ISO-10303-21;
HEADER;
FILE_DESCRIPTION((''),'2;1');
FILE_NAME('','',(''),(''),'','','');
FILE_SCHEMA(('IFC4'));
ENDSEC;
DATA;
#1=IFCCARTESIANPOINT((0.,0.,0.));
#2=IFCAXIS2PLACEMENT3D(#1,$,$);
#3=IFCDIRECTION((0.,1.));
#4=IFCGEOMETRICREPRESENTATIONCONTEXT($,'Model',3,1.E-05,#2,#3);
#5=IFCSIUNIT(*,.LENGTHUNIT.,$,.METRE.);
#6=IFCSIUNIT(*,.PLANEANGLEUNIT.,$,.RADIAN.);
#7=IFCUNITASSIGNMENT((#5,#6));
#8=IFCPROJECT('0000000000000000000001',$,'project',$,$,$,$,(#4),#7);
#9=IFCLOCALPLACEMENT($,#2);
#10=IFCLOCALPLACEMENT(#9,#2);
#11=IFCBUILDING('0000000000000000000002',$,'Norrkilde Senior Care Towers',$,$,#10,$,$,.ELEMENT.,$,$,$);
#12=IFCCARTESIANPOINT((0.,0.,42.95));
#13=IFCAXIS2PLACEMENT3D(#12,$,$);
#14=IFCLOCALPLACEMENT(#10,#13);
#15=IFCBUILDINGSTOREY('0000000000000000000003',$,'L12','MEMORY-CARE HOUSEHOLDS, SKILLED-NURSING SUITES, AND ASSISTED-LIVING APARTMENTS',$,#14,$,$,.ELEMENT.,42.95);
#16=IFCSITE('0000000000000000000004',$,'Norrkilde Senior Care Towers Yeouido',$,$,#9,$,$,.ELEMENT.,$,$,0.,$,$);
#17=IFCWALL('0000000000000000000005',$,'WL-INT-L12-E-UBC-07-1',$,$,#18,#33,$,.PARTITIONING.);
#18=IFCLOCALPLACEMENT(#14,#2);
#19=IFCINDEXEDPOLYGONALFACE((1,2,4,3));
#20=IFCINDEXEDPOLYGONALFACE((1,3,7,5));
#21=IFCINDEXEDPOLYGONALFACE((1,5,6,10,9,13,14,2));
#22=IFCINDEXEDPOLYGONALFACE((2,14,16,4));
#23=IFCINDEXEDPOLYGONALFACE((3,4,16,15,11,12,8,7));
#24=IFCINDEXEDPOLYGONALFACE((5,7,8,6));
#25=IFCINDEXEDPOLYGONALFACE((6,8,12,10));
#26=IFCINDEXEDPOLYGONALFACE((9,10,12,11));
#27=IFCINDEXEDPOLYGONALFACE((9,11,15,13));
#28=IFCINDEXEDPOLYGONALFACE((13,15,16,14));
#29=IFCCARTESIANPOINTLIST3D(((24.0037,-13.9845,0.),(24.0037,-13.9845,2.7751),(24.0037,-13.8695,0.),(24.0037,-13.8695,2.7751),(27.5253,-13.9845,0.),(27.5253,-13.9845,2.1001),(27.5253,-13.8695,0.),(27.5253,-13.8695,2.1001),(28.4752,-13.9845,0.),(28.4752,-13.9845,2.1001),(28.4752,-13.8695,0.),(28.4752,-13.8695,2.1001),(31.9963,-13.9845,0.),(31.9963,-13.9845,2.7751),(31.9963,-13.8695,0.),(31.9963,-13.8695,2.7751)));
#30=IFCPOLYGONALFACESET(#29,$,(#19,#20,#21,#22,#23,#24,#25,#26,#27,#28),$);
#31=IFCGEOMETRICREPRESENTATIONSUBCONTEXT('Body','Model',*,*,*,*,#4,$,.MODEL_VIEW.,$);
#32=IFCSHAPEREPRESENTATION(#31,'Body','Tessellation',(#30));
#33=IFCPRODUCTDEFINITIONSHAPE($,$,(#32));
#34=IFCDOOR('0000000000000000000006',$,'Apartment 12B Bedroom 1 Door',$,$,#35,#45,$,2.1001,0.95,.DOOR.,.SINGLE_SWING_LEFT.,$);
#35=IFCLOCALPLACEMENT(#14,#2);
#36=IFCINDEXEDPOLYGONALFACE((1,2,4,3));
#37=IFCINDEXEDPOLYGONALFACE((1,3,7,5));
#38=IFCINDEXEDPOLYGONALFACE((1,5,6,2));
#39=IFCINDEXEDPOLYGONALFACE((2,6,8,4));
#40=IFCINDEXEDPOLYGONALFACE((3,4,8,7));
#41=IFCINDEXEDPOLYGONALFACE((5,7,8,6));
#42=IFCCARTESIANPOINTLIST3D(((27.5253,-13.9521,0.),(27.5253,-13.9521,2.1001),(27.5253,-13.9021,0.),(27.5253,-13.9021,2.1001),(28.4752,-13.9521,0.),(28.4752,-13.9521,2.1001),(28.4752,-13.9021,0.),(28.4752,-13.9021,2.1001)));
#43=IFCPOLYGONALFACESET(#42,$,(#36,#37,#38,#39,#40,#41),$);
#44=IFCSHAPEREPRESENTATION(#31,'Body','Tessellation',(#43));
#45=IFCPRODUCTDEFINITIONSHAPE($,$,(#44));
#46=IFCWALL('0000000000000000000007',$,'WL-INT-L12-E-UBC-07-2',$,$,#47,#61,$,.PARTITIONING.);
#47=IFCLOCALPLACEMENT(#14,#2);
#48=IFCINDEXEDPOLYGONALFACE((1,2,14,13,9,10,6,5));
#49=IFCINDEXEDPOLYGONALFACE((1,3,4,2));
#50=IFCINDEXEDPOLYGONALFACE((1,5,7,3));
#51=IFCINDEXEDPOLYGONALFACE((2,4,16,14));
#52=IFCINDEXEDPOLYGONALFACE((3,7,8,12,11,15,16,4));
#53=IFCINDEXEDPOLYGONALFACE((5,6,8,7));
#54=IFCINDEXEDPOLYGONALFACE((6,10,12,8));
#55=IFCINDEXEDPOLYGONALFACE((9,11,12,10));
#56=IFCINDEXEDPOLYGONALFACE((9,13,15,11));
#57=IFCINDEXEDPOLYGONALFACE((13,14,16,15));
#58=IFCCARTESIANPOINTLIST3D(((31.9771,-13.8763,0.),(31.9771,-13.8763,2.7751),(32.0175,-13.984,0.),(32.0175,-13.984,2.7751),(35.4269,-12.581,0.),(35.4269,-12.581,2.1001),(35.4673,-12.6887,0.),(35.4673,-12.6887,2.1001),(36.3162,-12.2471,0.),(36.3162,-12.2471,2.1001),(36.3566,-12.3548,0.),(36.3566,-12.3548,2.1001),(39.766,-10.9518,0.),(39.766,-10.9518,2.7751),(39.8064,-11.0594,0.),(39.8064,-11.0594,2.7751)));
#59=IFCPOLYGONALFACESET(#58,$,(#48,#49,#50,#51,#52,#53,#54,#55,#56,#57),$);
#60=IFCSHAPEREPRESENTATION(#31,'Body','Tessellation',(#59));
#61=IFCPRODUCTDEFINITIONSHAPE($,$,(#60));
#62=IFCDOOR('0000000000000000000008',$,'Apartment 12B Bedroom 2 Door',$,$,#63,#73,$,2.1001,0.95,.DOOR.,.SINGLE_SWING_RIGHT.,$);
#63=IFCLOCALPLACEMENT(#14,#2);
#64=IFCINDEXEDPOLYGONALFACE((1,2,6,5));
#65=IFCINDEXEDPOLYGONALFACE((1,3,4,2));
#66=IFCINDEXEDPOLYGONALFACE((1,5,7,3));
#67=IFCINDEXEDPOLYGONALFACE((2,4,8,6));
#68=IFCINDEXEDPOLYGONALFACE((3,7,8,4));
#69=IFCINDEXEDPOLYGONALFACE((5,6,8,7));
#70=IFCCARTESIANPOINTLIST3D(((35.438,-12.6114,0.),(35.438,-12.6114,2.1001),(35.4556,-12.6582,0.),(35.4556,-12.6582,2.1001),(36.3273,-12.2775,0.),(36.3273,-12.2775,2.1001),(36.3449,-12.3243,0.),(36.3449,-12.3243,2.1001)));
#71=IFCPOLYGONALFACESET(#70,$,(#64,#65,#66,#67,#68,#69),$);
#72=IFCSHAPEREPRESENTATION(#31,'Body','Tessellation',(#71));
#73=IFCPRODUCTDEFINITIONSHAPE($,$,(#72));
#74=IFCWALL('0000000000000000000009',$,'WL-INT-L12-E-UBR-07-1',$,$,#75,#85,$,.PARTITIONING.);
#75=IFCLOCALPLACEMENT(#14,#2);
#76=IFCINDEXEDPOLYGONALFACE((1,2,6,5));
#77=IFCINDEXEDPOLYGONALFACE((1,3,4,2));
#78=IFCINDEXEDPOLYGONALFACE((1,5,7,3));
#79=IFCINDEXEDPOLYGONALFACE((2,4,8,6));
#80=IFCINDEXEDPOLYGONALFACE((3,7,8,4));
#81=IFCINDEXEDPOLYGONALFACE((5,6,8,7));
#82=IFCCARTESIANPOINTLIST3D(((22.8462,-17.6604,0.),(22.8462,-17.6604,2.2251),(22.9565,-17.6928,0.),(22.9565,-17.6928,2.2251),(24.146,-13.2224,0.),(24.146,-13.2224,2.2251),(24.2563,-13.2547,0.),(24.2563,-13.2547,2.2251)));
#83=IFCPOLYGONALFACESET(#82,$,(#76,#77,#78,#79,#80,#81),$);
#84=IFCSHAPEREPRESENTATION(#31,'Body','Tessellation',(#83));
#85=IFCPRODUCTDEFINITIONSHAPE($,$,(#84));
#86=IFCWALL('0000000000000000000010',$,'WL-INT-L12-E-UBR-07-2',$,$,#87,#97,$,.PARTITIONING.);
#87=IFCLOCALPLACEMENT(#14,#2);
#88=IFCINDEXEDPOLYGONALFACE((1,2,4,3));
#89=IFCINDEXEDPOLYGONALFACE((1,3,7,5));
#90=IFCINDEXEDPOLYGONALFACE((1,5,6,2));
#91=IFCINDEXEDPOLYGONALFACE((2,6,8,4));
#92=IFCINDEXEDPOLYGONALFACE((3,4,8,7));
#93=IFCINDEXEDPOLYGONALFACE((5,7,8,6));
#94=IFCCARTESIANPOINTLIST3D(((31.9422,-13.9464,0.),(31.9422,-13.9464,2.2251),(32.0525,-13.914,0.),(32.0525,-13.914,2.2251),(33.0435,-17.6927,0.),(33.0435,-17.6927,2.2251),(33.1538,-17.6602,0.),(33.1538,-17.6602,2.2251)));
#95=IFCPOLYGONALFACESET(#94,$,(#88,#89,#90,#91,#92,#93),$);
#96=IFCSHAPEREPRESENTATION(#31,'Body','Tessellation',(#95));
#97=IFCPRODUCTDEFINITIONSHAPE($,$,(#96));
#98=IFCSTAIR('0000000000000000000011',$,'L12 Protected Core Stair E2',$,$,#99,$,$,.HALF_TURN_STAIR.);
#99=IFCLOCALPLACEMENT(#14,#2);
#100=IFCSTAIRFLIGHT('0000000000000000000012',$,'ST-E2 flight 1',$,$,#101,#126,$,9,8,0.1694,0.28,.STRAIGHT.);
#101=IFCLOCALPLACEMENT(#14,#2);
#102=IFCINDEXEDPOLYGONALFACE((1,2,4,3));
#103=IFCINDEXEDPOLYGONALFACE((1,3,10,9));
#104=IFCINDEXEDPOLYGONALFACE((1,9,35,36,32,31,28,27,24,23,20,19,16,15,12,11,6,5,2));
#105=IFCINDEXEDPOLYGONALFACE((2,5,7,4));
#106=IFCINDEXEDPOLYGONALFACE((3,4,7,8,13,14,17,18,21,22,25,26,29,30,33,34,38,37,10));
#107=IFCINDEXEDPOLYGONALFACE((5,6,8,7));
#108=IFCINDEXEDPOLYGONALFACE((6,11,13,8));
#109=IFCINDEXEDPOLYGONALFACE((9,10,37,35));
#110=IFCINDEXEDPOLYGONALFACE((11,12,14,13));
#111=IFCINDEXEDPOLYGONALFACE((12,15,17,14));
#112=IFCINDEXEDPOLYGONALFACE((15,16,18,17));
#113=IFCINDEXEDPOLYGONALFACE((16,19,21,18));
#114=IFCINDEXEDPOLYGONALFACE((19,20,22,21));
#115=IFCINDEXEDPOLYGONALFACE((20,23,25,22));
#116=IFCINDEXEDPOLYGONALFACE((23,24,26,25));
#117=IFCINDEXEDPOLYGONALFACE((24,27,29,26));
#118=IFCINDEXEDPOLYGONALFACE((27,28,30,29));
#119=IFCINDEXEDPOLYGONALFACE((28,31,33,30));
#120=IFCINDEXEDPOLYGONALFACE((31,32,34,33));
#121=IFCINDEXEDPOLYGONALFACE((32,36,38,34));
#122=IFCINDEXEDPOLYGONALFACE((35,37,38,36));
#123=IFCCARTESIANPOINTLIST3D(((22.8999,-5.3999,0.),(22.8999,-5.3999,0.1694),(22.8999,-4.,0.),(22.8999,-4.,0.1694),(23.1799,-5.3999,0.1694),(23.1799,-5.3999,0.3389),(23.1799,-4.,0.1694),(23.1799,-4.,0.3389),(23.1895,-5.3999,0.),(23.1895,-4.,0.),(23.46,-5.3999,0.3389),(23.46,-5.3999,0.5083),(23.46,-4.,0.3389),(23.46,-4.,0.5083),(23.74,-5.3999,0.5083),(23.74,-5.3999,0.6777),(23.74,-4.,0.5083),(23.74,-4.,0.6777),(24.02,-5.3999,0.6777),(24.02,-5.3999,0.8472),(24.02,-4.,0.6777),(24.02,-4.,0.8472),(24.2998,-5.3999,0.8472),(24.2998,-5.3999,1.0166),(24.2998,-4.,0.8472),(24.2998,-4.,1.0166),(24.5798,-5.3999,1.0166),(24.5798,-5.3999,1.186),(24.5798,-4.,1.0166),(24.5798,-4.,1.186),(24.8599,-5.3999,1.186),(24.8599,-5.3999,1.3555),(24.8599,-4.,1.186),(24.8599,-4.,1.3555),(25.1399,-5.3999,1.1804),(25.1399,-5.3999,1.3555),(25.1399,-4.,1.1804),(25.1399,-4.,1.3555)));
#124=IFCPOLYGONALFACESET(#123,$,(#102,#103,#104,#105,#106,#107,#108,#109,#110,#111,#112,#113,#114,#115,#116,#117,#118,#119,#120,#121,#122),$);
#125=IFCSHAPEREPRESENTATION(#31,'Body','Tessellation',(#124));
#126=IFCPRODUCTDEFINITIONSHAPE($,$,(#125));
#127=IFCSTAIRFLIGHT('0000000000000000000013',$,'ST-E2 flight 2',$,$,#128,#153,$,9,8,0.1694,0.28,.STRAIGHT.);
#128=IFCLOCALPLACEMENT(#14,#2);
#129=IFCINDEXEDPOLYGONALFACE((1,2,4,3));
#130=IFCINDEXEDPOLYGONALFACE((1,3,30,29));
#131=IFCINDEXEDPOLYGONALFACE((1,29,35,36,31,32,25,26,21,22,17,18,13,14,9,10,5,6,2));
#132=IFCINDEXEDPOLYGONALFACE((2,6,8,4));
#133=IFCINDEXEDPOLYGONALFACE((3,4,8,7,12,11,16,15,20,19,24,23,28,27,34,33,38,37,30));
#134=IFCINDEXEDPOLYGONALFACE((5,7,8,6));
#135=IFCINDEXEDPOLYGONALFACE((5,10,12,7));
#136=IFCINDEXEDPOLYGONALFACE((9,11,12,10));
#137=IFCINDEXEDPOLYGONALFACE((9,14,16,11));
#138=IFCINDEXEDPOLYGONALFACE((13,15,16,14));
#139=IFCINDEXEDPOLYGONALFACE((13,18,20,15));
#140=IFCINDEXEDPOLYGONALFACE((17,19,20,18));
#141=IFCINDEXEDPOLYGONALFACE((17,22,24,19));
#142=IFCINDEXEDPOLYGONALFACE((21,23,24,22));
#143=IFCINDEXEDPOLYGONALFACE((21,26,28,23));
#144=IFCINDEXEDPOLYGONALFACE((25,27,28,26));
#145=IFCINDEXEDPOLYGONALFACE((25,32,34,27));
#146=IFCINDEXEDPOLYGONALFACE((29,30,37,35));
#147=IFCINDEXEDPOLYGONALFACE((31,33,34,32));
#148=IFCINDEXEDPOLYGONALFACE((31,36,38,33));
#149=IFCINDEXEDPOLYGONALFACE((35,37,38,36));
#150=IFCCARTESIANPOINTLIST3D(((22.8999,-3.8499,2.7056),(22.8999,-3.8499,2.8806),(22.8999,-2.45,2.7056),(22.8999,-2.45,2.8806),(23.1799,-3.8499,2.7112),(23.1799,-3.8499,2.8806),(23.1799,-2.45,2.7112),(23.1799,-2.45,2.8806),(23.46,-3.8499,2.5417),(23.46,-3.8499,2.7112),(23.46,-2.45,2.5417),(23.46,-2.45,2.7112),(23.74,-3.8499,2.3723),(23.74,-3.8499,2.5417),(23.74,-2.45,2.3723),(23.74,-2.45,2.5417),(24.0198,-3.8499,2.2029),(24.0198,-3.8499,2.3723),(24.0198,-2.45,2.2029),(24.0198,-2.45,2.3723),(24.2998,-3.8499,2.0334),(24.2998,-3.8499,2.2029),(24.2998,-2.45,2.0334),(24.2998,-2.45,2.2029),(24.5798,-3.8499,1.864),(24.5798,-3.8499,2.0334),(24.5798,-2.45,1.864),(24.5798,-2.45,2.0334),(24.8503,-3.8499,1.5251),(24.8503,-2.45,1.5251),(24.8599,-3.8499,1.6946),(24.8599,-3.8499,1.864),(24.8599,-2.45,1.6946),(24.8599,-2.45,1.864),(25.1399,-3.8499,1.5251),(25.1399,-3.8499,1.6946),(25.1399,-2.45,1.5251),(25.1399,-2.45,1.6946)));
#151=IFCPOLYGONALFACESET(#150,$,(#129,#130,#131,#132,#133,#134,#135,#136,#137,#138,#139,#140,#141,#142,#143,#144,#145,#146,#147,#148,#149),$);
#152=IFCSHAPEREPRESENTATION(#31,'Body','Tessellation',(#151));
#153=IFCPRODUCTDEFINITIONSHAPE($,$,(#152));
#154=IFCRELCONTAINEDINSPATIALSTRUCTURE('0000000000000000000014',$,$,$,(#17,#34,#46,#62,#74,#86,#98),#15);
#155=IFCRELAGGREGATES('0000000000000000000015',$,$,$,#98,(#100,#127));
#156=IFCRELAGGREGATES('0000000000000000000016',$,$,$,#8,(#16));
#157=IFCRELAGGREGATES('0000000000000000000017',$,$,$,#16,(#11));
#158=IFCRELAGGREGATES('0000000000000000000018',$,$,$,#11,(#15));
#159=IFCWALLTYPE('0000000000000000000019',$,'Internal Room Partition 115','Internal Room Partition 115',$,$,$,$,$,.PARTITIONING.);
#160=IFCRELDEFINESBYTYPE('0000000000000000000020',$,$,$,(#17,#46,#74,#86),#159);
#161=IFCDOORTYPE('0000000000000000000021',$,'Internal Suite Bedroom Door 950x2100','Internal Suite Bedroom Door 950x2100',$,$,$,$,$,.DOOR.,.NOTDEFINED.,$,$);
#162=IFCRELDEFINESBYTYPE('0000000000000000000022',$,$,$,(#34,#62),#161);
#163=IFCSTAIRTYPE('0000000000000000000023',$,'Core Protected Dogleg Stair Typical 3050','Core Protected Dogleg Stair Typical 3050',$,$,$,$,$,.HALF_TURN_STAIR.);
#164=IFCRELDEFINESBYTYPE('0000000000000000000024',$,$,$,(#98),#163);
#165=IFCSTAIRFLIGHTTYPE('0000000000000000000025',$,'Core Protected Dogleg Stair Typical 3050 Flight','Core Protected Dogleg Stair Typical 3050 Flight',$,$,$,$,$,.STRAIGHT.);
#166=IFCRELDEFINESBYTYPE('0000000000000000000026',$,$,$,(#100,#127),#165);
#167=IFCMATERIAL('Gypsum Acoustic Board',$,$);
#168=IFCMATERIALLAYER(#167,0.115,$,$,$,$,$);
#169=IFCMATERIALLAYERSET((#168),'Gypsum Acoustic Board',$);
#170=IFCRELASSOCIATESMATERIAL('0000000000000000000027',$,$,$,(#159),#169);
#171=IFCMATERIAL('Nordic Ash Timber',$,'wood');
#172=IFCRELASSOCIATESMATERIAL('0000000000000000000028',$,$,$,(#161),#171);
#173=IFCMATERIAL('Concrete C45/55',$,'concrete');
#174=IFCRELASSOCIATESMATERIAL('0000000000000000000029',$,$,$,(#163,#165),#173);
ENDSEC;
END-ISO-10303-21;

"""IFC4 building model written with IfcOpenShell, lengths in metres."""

from ifc_helpers import new_model, si_unit, direction, frame, frame_2d, origin, place, context, subcontext, project, spatial, polyline, rectangle, outline, extrude, source, transform, mapped, material, layer, layer_set, type_object, type_shapes, element, fill, aggregate, save


model = new_model("IFC4")

# Units and contexts
model_context = context("Model", 3, precision=1e-05, world=origin(), true_north=direction((0.0, 1.0)))
body_context = subcontext(model_context, "Body", "Model", "MODEL_VIEW")
ifc_project = project(units=[si_unit("LENGTHUNIT", "METRE"), si_unit("PLANEANGLEUNIT", "RADIAN")], contexts=[model_context])

# Site, building, storey
site_placement = place(None, origin())
site = spatial("IfcSite", under=ifc_project, at=site_placement, Name="Norrkilde Senior Care Towers Yeouido", CompositionType="ELEMENT", RefElevation=0.0)
building_placement = place(site_placement, origin())
building = spatial("IfcBuilding", under=site, at=building_placement, Name="Norrkilde Senior Care Towers", CompositionType="ELEMENT")
storey_placement = place(building_placement, frame((0.0, 0.0, 42.95)))
storey = spatial("IfcBuildingStorey", under=building, at=storey_placement, Name="L12", Description="MEMORY-CARE HOUSEHOLDS, SKILLED-NURSING SUITES, AND ASSISTED-LIVING APARTMENTS", CompositionType="ELEMENT", Elevation=42.95)

# Shared definitions
ifc_material_1 = material(Name="Concrete C45/55", Category="concrete")
ifc_material_2 = material(Name="Gypsum Acoustic Board")
ifc_layer_1 = layer(ifc_material_2, 0.115)
ifc_layer_set_1 = layer_set([ifc_layer_1], Name="Gypsum Acoustic Board")
wall_type_1 = type_object("IfcWallType", Name="Internal Room Partition 115", Description="Internal Room Partition 115", PredefinedType="PARTITIONING", material=ifc_layer_set_1)

# Walls, openings, doors
shared_shape_1 = source(origin(), body_context, "Body", "SweptSolid", [
    extrude(rectangle(XDim=7.9927, YDim=0.115, at=frame_2d((3.9963, 0.0))), origin(), (0.0, 0.0, 1.0), 2.7751),
])
wall_1_placement = place(storey_placement, frame((24.0037, -13.927, 0.0), z_axis=(0.0, 0.0, 1.0), x_axis=(1.0, 0.0, 0.0)))
wall_1 = element("IfcWall", 1, at=wall_1_placement, inside=storey, type_object=wall_type_1, Name="WL-INT-L12-E-UBC-07-1", PredefinedType="PARTITIONING", context=body_context, shape_type="MappedRepresentation", body=[
    mapped(shared_shape_1, transform((0.0, 0.0, 0.0), x_axis=(1.0, 0.0, 0.0), y_axis=(0.0, 1.0, 0.0), z_axis=(0.0, 0.0, 1.0), scale=1.0)),
])
opening_1_placement = place(wall_1_placement, frame((3.5215, 0.0, 0.0)))
opening_1 = element("IfcOpeningElement", 2, at=opening_1_placement, cuts=wall_1, PredefinedType="OPENING", context=body_context, shape_type="SweptSolid", body=[
    extrude(rectangle(XDim=0.95, YDim=2.1001, at=frame_2d((0.4751, 1.05))), frame((0.0, 0.0674, 0.0), z_axis=(0.0, -1.0, 0.0), x_axis=(1.0, 0.0, 0.0)), (0.0, 0.0, 1.0), 0.135),
])
ifc_material_3 = material(Name="Nordic Ash Timber", Category="wood")
door_type_1 = type_object("IfcDoorType", Name="Internal Suite Bedroom Door 950x2100", Description="Internal Suite Bedroom Door 950x2100", OperationType="NOTDEFINED", PredefinedType="DOOR", material=ifc_material_3)
shared_shape_2 = source(origin(), body_context, "Body", "SweptSolid", [
    extrude(rectangle(XDim=0.95, YDim=2.1001, at=frame_2d((0.4751, 1.05))), frame((0.0, 0.0249, 0.0), z_axis=(0.0, -1.0, 0.0), x_axis=(1.0, 0.0, 0.0)), (0.0, 0.0, 1.0), 0.05),
])
type_shapes(door_type_1, [shared_shape_2])
door_1_placement = place(opening_1_placement, origin())
door_1 = element("IfcDoor", 3, at=door_1_placement, inside=storey, type_object=door_type_1, Name="Apartment 12B Bedroom 1 Door", OperationType="SINGLE_SWING_LEFT", OverallHeight=2.1001, OverallWidth=0.95, PredefinedType="DOOR", context=body_context, shape_type="MappedRepresentation", body=[
    mapped(shared_shape_2, transform((0.0, 0.0, 0.0), x_axis=(1.0, 0.0, 0.0), y_axis=(0.0, 1.0, 0.0), z_axis=(0.0, 0.0, 1.0), scale=1.0)),
])
fill(opening_1, door_1)
shared_shape_3 = source(origin(), body_context, "Body", "SweptSolid", [
    extrude(rectangle(XDim=8.3198, YDim=0.115, at=frame_2d((4.1599, 0.0))), origin(), (0.0, 0.0, 1.0), 2.7751),
])
wall_2_placement = place(storey_placement, frame((31.9973, -13.9302, 0.0), z_axis=(0.0, 0.0, 1.0), x_axis=(0.936181, 0.351519, 0.0)))
wall_2 = element("IfcWall", 4, at=wall_2_placement, inside=storey, type_object=wall_type_1, Name="WL-INT-L12-E-UBC-07-2", PredefinedType="PARTITIONING", context=body_context, shape_type="MappedRepresentation", body=[
    mapped(shared_shape_3, transform((0.0, 0.0, 0.0), x_axis=(1.0, 0.0, 0.0), y_axis=(0.0, 1.0, 0.0), z_axis=(0.0, 0.0, 1.0), scale=1.0)),
])
opening_2_placement = place(wall_2_placement, frame((3.6848, 0.0, 0.0)))
opening_2 = element("IfcOpeningElement", 5, at=opening_2_placement, cuts=wall_2, PredefinedType="OPENING", context=body_context, shape_type="SweptSolid", body=[
    extrude(rectangle(XDim=0.95, YDim=2.1001, at=frame_2d((0.4751, 1.05))), frame((0.0, 0.0674, 0.0), z_axis=(0.0, -1.0, 0.0), x_axis=(1.0, 0.0, 0.0)), (0.0, 0.0, 1.0), 0.135),
])
door_2_placement = place(opening_2_placement, frame((0.95, 0.0, 0.0), z_axis=(0.0, 0.0, 1.0), x_axis=(-1.0, 0.0, 0.0)))
door_2 = element("IfcDoor", 6, at=door_2_placement, inside=storey, type_object=door_type_1, Name="Apartment 12B Bedroom 2 Door", OperationType="SINGLE_SWING_RIGHT", OverallHeight=2.1001, OverallWidth=0.95, PredefinedType="DOOR", context=body_context, shape_type="MappedRepresentation", body=[
    mapped(shared_shape_2, transform((0.0, 0.0, 0.0), x_axis=(1.0, 0.0, 0.0), y_axis=(0.0, 1.0, 0.0), z_axis=(0.0, 0.0, 1.0), scale=1.0)),
])
fill(opening_2, door_2)

# Walls
shared_shape_4 = source(origin(), body_context, "Body", "SweptSolid", [
    extrude(rectangle(XDim=4.6245, YDim=0.115, at=frame_2d((2.3123, 0.0))), origin(), (0.0, 0.0, 1.0), 2.2251),
])
wall_3_placement = place(storey_placement, frame((24.2012, -13.2385, 0.0), z_axis=(0.0, 0.0, 1.0), x_axis=(-0.281074, -0.959686, 0.0)))
element("IfcWall", 7, at=wall_3_placement, inside=storey, type_object=wall_type_1, Name="WL-INT-L12-E-UBR-07-1", PredefinedType="PARTITIONING", context=body_context, shape_type="MappedRepresentation", body=[
    mapped(shared_shape_4, transform((0.0, 0.0, 0.0), x_axis=(1.0, 0.0, 0.0), y_axis=(0.0, 1.0, 0.0), z_axis=(0.0, 0.0, 1.0), scale=1.0)),
])
shared_shape_5 = source(origin(), body_context, "Body", "SweptSolid", [
    extrude(rectangle(XDim=3.9048, YDim=0.115, at=frame_2d((1.9524, 0.0))), origin(), (0.0, 0.0, 1.0), 2.2251),
])
wall_4_placement = place(storey_placement, frame((31.9973, -13.9302, 0.0), z_axis=(0.0, 0.0, 1.0), x_axis=(0.282038, -0.959403, 0.0)))
element("IfcWall", 8, at=wall_4_placement, inside=storey, type_object=wall_type_1, Name="WL-INT-L12-E-UBR-07-2", PredefinedType="PARTITIONING", context=body_context, shape_type="MappedRepresentation", body=[
    mapped(shared_shape_5, transform((0.0, 0.0, 0.0), x_axis=(1.0, 0.0, 0.0), y_axis=(0.0, 1.0, 0.0), z_axis=(0.0, 0.0, 1.0), scale=1.0)),
])

# Stair, stair flights
stair_type = type_object("IfcStairType", Name="Core Protected Dogleg Stair Typical 3050", Description="Core Protected Dogleg Stair Typical 3050", PredefinedType="HALF_TURN_STAIR", material=ifc_material_1)
stair_placement = place(storey_placement, origin())
stair = element("IfcStair", 9, at=stair_placement, inside=storey, type_object=stair_type, Name="L12 Protected Core Stair E2", PredefinedType="HALF_TURN_STAIR")
stair_flight_type = type_object("IfcStairFlightType", Name="Core Protected Dogleg Stair Typical 3050 Flight", Description="Core Protected Dogleg Stair Typical 3050 Flight", PredefinedType="STRAIGHT", material=ifc_material_1)
stair_flight_1_placement = place(storey_placement, frame((22.8999, -4.7, 0.0), z_axis=(0.0, 0.0, 1.0), x_axis=(1.0, 0.0, 0.0)))
stair_flight_1 = element("IfcStairFlight", 10, at=stair_flight_1_placement, type_object=stair_flight_type, Name="ST-E2 flight 1", NumberOfRisers=9, NumberOfTreads=8, PredefinedType="STRAIGHT", RiserHeight=0.1694, TreadLength=0.28, context=body_context, shape_type="SweptSolid", body=[
    extrude(outline(polyline([(0.0, 0.0), (0.0, 0.1694), (0.28, 0.1694), (0.28, 0.3389), (0.5601, 0.3389), (0.5601, 0.5083), (0.8401, 0.5083), (0.8401, 0.6777), (1.1201, 0.6777), (1.1201, 0.8472), (1.3999, 0.8472), (1.3999, 1.0166), (1.6799, 1.0166), (1.6799, 1.186), (1.96, 1.186), (1.96, 1.3555), (2.24, 1.3555), (2.24, 1.5249), (2.24, 1.1804), (0.2896, 0.0), (0.0, 0.0)])), frame((0.0, 0.7, 0.0), z_axis=(0.0, -1.0, 0.0), x_axis=(1.0, 0.0, 0.0)), (0.0, 0.0, 1.0), 1.3999),
])
stair_flight_2_placement = place(storey_placement, frame((25.1399, -3.1499, 1.5251), z_axis=(0.0, 0.0, 1.0), x_axis=(-1.0, 0.0, 0.0)))
stair_flight_2 = element("IfcStairFlight", 11, at=stair_flight_2_placement, type_object=stair_flight_type, Name="ST-E2 flight 2", NumberOfRisers=9, NumberOfTreads=8, PredefinedType="STRAIGHT", RiserHeight=0.1694, TreadLength=0.28, context=body_context, shape_type="SweptSolid", body=[
    extrude(outline(polyline([(0.0, 0.0), (0.0, 0.1694), (0.28, 0.1694), (0.28, 0.3389), (0.5601, 0.3389), (0.5601, 0.5083), (0.8401, 0.5083), (0.8401, 0.6777), (1.1201, 0.6777), (1.1201, 0.8472), (1.3999, 0.8472), (1.3999, 1.0166), (1.6799, 1.0166), (1.6799, 1.186), (1.96, 1.186), (1.96, 1.3555), (2.24, 1.3555), (2.24, 1.5249), (2.24, 1.1804), (0.2896, 0.0), (0.0, 0.0)])), frame((0.0, 0.7, 0.0), z_axis=(0.0, -1.0, 0.0), x_axis=(1.0, 0.0, 0.0)), (0.0, 0.0, 1.0), 1.3999),
])
aggregate(stair, [stair_flight_1, stair_flight_2])

save(model, "model.ifc")
